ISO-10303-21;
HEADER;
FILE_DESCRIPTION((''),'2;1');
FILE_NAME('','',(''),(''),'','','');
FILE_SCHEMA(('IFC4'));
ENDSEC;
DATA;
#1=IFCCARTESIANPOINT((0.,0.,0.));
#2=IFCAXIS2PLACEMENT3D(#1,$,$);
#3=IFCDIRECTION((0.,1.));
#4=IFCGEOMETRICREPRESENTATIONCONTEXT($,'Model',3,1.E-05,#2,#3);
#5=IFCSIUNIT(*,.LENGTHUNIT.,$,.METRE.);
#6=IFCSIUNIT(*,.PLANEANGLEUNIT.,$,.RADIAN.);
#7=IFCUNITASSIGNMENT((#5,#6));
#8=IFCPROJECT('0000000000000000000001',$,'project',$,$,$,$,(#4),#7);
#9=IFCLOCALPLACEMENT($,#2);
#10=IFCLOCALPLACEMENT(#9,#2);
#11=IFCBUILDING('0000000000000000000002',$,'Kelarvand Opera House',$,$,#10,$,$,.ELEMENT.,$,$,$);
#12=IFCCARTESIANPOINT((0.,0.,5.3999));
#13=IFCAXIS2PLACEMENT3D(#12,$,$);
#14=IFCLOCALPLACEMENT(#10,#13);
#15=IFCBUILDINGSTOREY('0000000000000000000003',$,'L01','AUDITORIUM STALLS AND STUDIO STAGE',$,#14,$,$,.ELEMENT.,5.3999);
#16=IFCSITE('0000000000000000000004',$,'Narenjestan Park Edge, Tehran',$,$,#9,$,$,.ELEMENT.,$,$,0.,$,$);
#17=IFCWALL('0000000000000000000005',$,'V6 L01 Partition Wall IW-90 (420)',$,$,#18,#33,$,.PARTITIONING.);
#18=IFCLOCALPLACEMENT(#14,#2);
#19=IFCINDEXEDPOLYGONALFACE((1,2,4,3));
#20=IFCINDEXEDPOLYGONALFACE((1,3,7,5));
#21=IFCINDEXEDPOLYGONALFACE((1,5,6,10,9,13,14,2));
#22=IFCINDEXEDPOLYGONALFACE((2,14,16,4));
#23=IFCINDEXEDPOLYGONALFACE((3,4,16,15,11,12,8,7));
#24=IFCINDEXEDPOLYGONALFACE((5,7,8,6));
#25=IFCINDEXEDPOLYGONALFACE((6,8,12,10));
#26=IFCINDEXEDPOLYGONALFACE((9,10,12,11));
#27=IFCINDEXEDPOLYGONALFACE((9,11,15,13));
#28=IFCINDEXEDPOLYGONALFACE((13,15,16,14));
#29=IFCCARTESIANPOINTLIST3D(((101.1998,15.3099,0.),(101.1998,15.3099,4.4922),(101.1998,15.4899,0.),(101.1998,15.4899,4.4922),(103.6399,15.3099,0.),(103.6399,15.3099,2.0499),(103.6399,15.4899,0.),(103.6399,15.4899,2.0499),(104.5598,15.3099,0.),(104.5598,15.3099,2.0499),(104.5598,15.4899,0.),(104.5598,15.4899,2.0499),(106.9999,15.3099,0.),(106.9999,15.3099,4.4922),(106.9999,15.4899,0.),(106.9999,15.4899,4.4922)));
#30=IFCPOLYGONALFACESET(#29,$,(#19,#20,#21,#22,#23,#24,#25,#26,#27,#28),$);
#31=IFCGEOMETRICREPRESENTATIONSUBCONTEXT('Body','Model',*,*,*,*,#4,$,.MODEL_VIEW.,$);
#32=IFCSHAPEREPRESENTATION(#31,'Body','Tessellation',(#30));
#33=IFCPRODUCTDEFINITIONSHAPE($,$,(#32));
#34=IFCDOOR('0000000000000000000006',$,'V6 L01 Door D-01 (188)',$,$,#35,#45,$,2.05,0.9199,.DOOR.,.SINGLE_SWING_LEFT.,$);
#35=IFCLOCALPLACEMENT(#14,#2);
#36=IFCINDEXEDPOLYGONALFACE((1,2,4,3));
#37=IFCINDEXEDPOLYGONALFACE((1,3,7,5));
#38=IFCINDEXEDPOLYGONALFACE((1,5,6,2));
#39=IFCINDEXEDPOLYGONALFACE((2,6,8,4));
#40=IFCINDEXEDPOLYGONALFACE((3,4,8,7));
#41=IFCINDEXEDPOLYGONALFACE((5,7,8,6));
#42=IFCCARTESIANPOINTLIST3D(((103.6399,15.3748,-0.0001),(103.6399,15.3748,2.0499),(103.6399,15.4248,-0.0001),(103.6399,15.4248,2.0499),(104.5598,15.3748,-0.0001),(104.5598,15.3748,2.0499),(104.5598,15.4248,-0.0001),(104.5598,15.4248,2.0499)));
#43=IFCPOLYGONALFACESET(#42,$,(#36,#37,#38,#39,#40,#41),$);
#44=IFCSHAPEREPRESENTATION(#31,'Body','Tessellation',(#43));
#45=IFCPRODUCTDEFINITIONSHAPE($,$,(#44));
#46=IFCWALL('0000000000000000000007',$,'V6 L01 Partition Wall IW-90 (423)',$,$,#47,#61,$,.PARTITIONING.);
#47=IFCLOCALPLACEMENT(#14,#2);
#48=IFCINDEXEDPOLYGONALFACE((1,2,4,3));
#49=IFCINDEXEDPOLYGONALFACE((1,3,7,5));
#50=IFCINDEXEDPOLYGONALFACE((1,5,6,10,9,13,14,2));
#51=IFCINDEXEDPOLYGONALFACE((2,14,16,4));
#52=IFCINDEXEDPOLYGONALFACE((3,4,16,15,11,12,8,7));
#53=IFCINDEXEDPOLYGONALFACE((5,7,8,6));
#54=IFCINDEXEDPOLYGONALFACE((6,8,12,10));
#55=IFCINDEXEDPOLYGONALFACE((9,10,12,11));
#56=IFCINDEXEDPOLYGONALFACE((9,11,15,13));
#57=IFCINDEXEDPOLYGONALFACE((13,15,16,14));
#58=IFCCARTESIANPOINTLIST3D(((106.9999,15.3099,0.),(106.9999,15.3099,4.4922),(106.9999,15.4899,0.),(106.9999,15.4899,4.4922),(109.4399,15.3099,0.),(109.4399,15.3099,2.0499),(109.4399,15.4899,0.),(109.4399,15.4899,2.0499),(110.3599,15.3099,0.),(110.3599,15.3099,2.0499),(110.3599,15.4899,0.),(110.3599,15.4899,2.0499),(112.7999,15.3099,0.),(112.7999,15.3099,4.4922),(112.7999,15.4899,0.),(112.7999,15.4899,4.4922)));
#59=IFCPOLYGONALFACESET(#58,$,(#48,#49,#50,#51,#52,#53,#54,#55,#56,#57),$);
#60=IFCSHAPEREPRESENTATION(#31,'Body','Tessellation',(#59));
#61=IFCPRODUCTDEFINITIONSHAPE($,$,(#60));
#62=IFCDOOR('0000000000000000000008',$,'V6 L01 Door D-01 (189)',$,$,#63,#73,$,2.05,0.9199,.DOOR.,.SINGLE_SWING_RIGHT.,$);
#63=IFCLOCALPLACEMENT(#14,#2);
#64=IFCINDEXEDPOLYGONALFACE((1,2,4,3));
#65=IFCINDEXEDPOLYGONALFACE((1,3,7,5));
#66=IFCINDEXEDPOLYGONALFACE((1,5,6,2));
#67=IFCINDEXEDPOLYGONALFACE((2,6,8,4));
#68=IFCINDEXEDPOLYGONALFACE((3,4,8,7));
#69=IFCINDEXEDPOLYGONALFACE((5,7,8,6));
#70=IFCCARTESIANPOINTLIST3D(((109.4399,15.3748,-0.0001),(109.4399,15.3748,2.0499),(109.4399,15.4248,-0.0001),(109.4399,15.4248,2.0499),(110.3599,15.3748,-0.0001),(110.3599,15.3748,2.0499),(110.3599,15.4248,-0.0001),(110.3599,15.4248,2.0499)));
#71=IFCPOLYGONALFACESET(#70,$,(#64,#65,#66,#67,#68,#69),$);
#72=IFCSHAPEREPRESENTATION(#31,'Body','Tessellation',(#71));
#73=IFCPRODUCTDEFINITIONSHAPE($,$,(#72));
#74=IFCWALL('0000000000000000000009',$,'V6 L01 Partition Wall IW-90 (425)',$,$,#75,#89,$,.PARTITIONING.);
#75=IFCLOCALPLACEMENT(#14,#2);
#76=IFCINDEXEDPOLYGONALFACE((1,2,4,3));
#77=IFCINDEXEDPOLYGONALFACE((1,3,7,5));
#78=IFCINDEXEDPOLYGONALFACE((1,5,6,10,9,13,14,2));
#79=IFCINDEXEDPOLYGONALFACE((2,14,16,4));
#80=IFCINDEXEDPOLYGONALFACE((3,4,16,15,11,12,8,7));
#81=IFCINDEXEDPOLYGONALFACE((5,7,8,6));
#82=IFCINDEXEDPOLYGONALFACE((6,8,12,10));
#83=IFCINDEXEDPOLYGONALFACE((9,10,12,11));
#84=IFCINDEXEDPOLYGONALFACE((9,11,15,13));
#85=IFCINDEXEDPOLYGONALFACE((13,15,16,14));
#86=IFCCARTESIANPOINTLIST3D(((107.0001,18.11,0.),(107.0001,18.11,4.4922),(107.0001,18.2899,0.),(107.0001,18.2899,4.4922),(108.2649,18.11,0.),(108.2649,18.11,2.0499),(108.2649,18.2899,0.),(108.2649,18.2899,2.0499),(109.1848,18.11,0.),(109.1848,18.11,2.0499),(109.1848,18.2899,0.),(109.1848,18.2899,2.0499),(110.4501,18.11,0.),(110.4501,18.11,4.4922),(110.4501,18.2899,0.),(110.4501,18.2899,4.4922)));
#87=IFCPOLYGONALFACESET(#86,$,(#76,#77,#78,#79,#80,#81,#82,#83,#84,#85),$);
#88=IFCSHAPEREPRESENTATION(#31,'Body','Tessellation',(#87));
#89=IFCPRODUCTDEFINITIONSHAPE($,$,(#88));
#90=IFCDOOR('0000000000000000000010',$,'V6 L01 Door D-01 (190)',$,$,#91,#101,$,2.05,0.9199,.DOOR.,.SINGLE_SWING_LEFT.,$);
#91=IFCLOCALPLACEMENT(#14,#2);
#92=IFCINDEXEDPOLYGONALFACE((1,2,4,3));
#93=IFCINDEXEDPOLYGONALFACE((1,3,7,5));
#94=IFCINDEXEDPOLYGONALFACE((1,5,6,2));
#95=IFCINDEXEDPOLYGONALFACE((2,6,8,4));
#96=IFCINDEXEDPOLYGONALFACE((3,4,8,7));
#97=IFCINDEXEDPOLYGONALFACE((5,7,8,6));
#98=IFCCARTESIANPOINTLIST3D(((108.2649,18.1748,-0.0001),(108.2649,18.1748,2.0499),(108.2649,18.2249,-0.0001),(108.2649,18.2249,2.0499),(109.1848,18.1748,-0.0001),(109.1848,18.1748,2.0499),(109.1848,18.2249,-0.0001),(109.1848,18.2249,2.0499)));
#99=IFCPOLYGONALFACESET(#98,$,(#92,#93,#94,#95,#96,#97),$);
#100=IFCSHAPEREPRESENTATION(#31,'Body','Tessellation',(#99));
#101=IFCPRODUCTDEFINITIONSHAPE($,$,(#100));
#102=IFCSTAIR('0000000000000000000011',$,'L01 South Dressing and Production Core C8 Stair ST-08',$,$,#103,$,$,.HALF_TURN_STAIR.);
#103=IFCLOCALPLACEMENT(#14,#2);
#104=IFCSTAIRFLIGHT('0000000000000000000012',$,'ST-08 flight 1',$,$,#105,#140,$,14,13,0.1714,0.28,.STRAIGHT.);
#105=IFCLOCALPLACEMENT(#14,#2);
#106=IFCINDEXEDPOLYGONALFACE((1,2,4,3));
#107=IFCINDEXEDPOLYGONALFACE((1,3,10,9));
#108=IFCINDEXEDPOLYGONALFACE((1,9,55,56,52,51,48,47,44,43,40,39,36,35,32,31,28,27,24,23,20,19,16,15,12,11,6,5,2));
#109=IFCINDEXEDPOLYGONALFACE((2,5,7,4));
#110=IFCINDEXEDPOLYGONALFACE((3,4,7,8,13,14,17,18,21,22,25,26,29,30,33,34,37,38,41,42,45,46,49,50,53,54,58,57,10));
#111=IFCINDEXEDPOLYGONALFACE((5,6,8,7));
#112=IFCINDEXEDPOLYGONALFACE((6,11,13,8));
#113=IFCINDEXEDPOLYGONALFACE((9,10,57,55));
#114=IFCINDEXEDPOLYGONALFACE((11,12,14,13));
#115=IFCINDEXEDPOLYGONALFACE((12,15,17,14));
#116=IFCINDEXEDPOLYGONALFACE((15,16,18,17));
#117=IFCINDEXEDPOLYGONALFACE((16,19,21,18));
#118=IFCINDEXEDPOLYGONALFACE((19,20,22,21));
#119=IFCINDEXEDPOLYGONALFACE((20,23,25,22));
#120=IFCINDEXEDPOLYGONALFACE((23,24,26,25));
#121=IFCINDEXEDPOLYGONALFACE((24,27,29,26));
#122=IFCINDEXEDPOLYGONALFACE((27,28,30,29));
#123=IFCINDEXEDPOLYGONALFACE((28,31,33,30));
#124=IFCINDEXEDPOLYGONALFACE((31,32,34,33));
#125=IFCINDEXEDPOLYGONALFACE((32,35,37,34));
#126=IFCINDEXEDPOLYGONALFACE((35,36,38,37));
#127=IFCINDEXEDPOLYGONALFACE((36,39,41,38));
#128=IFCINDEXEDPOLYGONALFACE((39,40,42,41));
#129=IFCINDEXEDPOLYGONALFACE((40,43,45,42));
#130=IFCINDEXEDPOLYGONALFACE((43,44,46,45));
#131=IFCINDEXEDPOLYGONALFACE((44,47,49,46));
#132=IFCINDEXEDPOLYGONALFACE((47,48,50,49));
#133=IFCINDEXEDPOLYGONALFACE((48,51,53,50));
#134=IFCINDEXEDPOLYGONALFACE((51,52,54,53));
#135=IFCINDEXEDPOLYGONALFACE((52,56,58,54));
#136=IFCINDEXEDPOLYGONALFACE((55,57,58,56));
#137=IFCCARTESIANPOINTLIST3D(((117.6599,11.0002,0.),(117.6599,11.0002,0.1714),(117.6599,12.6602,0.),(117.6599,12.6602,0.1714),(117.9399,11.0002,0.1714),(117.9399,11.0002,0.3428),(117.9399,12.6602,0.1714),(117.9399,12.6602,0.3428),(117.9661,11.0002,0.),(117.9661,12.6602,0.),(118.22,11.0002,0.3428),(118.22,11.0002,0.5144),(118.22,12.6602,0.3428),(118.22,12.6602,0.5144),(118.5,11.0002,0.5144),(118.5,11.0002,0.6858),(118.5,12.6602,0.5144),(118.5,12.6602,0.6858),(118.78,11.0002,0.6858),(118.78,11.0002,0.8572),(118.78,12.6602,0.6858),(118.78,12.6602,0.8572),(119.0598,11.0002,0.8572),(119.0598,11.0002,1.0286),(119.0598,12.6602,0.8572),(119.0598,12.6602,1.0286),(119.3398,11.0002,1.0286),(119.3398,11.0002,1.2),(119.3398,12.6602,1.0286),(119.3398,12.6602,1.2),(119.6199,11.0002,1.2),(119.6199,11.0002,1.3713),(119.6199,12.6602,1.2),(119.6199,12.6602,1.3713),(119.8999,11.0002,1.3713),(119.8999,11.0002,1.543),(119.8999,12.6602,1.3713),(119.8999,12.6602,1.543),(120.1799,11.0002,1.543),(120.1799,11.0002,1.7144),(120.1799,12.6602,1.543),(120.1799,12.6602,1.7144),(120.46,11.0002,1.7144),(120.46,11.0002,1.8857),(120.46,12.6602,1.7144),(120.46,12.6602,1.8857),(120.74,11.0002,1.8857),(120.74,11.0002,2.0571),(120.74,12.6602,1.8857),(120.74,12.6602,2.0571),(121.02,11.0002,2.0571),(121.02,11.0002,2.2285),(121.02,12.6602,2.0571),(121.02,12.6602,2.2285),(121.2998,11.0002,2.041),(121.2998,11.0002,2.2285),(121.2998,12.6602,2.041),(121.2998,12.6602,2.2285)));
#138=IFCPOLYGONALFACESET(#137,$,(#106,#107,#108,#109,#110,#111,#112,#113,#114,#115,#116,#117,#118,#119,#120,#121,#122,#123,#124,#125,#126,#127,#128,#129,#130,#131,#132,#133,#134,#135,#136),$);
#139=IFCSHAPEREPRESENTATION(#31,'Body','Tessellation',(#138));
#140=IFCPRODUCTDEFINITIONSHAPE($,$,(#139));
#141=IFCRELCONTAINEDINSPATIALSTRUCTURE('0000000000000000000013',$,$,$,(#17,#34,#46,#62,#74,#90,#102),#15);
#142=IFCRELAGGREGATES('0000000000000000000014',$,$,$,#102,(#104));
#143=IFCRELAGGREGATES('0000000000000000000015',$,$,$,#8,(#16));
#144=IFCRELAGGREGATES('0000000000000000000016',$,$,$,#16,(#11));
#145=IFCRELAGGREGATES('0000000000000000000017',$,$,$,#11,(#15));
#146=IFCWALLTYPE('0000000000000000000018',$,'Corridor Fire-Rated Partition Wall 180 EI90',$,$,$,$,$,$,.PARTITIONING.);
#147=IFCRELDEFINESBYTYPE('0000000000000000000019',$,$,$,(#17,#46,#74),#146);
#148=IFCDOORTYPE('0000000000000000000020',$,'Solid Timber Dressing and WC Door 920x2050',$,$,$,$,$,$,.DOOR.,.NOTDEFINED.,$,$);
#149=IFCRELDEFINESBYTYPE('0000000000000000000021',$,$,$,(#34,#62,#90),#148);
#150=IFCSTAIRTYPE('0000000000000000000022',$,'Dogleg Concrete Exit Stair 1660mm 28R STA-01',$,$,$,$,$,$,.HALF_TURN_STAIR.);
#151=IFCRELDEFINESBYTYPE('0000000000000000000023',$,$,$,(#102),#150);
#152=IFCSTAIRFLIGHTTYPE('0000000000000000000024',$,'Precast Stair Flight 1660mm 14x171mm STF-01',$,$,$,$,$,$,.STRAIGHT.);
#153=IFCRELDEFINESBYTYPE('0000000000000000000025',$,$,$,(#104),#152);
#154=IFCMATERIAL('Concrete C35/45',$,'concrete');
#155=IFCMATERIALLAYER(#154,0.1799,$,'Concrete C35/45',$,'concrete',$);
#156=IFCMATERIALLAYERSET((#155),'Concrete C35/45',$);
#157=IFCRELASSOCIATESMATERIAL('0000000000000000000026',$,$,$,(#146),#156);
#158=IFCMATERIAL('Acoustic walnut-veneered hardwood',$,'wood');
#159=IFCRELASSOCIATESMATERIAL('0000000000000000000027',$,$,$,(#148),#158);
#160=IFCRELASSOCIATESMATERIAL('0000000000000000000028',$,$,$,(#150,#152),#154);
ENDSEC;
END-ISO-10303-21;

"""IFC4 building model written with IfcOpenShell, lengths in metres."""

from ifc_helpers import new_model, si_unit, direction, frame, frame_2d, origin, place, context, subcontext, project, spatial, polyline, rectangle, outline, extrude, material, layer, layer_set, type_object, element, fill, aggregate, save


model = new_model("IFC4")

# Units and contexts
model_context = context("Model", 3, precision=1e-05, world=origin(), true_north=direction((0.0, 1.0)))
body_context = subcontext(model_context, "Body", "Model", "MODEL_VIEW")
ifc_project = project(units=[si_unit("LENGTHUNIT", "METRE"), si_unit("PLANEANGLEUNIT", "RADIAN")], contexts=[model_context])

# Site, building, storey
site_placement = place(None, origin())
site = spatial("IfcSite", under=ifc_project, at=site_placement, Name="Narenjestan Park Edge, Tehran", CompositionType="ELEMENT", RefElevation=0.0)
building_placement = place(site_placement, origin())
building = spatial("IfcBuilding", under=site, at=building_placement, Name="Kelarvand Opera House", CompositionType="ELEMENT")
storey_placement = place(building_placement, frame((0.0, 0.0, 5.3999)))
storey = spatial("IfcBuildingStorey", under=building, at=storey_placement, Name="L01", Description="AUDITORIUM STALLS AND STUDIO STAGE", CompositionType="ELEMENT", Elevation=5.3999)

# Shared definitions
ifc_material_1 = material(Name="Concrete C35/45", Category="concrete")

# Walls, openings, doors
ifc_layer_1 = layer(ifc_material_1, 0.1799, Name="Concrete C35/45", Category="concrete")
ifc_layer_set_1 = layer_set([ifc_layer_1], Name="Concrete C35/45")
wall_type_1 = type_object("IfcWallType", Name="Corridor Fire-Rated Partition Wall 180 EI90", PredefinedType="PARTITIONING", material=ifc_layer_set_1)
wall_1_placement = place(storey_placement, frame((101.2, 15.3999, 0.0), z_axis=(0.0, 0.0, 1.0), x_axis=(1.0, 0.0, 0.0)))
wall_1 = element("IfcWall", 1, at=wall_1_placement, inside=storey, type_object=wall_type_1, Name="V6 L01 Partition Wall IW-90 (420)", PredefinedType="PARTITIONING", context=body_context, shape_type="SweptSolid", body=[
    extrude(rectangle(XDim=5.8, YDim=0.1799, at=frame_2d((2.8999, 0.0))), origin(), (0.0, 0.0, 1.0), 4.4922),
])
opening_1_placement = place(wall_1_placement, frame((2.4399, 0.0, 0.0)))
opening_1 = element("IfcOpeningElement", 2, at=opening_1_placement, cuts=wall_1, PredefinedType="OPENING", context=body_context, shape_type="SweptSolid", body=[
    extrude(rectangle(XDim=0.9199, YDim=2.05, at=frame_2d((0.46, 1.0249))), frame((0.0, 0.1001, 0.0), z_axis=(0.0, -1.0, 0.0), x_axis=(1.0, 0.0, 0.0)), (0.0, 0.0, 1.0), 0.2),
])
ifc_material_2 = material(Name="Acoustic walnut-veneered hardwood", Category="wood")
door_type_1 = type_object("IfcDoorType", Name="Solid Timber Dressing and WC Door 920x2050", OperationType="NOTDEFINED", PredefinedType="DOOR", material=ifc_material_2)
door_1_placement = place(opening_1_placement, origin())
door_1 = element("IfcDoor", 3, at=door_1_placement, inside=storey, type_object=door_type_1, Name="V6 L01 Door D-01 (188)", OperationType="SINGLE_SWING_LEFT", OverallHeight=2.05, OverallWidth=0.9199, PredefinedType="DOOR", context=body_context, shape_type="SweptSolid", body=[
    extrude(rectangle(XDim=0.9199, YDim=2.05, at=frame_2d((0.46, 1.0249))), frame((0.0, 0.0249, 0.0), z_axis=(0.0, -1.0, 0.0), x_axis=(1.0, 0.0, 0.0)), (0.0, 0.0, 1.0), 0.05),
])
fill(opening_1, door_1)
wall_2_placement = place(storey_placement, frame((107.0, 15.3999, 0.0), z_axis=(0.0, 0.0, 1.0), x_axis=(1.0, 0.0, 0.0)))
wall_2 = element("IfcWall", 4, at=wall_2_placement, inside=storey, type_object=wall_type_1, Name="V6 L01 Partition Wall IW-90 (423)", PredefinedType="PARTITIONING", context=body_context, shape_type="SweptSolid", body=[
    extrude(rectangle(XDim=5.8, YDim=0.1799, at=frame_2d((2.8999, 0.0))), origin(), (0.0, 0.0, 1.0), 4.4922),
])
opening_2_placement = place(wall_2_placement, frame((2.4399, 0.0, 0.0)))
opening_2 = element("IfcOpeningElement", 5, at=opening_2_placement, cuts=wall_2, PredefinedType="OPENING", context=body_context, shape_type="SweptSolid", body=[
    extrude(rectangle(XDim=0.9199, YDim=2.05, at=frame_2d((0.46, 1.0249))), frame((0.0, 0.1001, 0.0), z_axis=(0.0, -1.0, 0.0), x_axis=(1.0, 0.0, 0.0)), (0.0, 0.0, 1.0), 0.2),
])
door_2_placement = place(opening_2_placement, origin())
door_2 = element("IfcDoor", 6, at=door_2_placement, inside=storey, type_object=door_type_1, Name="V6 L01 Door D-01 (189)", OperationType="SINGLE_SWING_RIGHT", OverallHeight=2.05, OverallWidth=0.9199, PredefinedType="DOOR", context=body_context, shape_type="SweptSolid", body=[
    extrude(rectangle(XDim=0.9199, YDim=2.05, at=frame_2d((0.46, 1.0249))), frame((0.0, 0.0249, 0.0), z_axis=(0.0, -1.0, 0.0), x_axis=(1.0, 0.0, 0.0)), (0.0, 0.0, 1.0), 0.05),
])
fill(opening_2, door_2)
wall_3_placement = place(storey_placement, frame((107.0, 18.2, 0.0), z_axis=(0.0, 0.0, 1.0), x_axis=(1.0, 0.0, 0.0)))
wall_3 = element("IfcWall", 7, at=wall_3_placement, inside=storey, type_object=wall_type_1, Name="V6 L01 Partition Wall IW-90 (425)", PredefinedType="PARTITIONING", context=body_context, shape_type="SweptSolid", body=[
    extrude(rectangle(XDim=3.45, YDim=0.1799, at=frame_2d((1.7251, 0.0))), origin(), (0.0, 0.0, 1.0), 4.4922),
])
opening_3_placement = place(wall_3_placement, frame((1.2649, 0.0, 0.0)))
opening_3 = element("IfcOpeningElement", 8, at=opening_3_placement, cuts=wall_3, PredefinedType="OPENING", context=body_context, shape_type="SweptSolid", body=[
    extrude(rectangle(XDim=0.9199, YDim=2.05, at=frame_2d((0.46, 1.0249))), frame((0.0, 0.1001, 0.0), z_axis=(0.0, -1.0, 0.0), x_axis=(1.0, 0.0, 0.0)), (0.0, 0.0, 1.0), 0.2),
])
door_3_placement = place(opening_3_placement, origin())
door_3 = element("IfcDoor", 9, at=door_3_placement, inside=storey, type_object=door_type_1, Name="V6 L01 Door D-01 (190)", OperationType="SINGLE_SWING_LEFT", OverallHeight=2.05, OverallWidth=0.9199, PredefinedType="DOOR", context=body_context, shape_type="SweptSolid", body=[
    extrude(rectangle(XDim=0.9199, YDim=2.05, at=frame_2d((0.46, 1.0249))), frame((0.0, 0.0249, 0.0), z_axis=(0.0, -1.0, 0.0), x_axis=(1.0, 0.0, 0.0)), (0.0, 0.0, 1.0), 0.05),
])
fill(opening_3, door_3)

# Stair, stair flight
stair_type = type_object("IfcStairType", Name="Dogleg Concrete Exit Stair 1660mm 28R STA-01", PredefinedType="HALF_TURN_STAIR", material=ifc_material_1)
stair_placement = place(storey_placement, origin())
stair = element("IfcStair", 10, at=stair_placement, inside=storey, type_object=stair_type, Name="L01 South Dressing and Production Core C8 Stair ST-08", PredefinedType="HALF_TURN_STAIR")
stair_flight_type = type_object("IfcStairFlightType", Name="Precast Stair Flight 1660mm 14x171mm STF-01", PredefinedType="STRAIGHT", material=ifc_material_1)
stair_flight_placement = place(storey_placement, frame((117.6599, 11.8301, 0.0), z_axis=(0.0, 0.0, 1.0), x_axis=(1.0, 0.0, 0.0)))
stair_flight = element("IfcStairFlight", 11, at=stair_flight_placement, type_object=stair_flight_type, Name="ST-08 flight 1", NumberOfRisers=14, NumberOfTreads=13, PredefinedType="STRAIGHT", RiserHeight=0.1714, TreadLength=0.28, context=body_context, shape_type="SweptSolid", body=[
    extrude(outline(polyline([(0.0, 0.0), (0.0, 0.1714), (0.28, 0.1714), (0.28, 0.3428), (0.5601, 0.3428), (0.5601, 0.5144), (0.8401, 0.5144), (0.8401, 0.6858), (1.1201, 0.6858), (1.1201, 0.8572), (1.3999, 0.8572), (1.3999, 1.0286), (1.6799, 1.0286), (1.6799, 1.2), (1.96, 1.2), (1.96, 1.3713), (2.24, 1.3713), (2.24, 1.543), (2.52, 1.543), (2.52, 1.7144), (2.8, 1.7144), (2.8, 1.8857), (3.0801, 1.8857), (3.0801, 2.0571), (3.3601, 2.0571), (3.3601, 2.2285), (3.6399, 2.2285), (3.6399, 2.3999), (3.6399, 2.041), (0.3062, 0.0), (0.0, 0.0)])), frame((0.0, 0.8301, 0.0), z_axis=(0.0, -1.0, 0.0), x_axis=(1.0, 0.0, 0.0)), (0.0, 0.0, 1.0), 1.6599),
])
aggregate(stair, [stair_flight])

save(model, "model.ifc")
